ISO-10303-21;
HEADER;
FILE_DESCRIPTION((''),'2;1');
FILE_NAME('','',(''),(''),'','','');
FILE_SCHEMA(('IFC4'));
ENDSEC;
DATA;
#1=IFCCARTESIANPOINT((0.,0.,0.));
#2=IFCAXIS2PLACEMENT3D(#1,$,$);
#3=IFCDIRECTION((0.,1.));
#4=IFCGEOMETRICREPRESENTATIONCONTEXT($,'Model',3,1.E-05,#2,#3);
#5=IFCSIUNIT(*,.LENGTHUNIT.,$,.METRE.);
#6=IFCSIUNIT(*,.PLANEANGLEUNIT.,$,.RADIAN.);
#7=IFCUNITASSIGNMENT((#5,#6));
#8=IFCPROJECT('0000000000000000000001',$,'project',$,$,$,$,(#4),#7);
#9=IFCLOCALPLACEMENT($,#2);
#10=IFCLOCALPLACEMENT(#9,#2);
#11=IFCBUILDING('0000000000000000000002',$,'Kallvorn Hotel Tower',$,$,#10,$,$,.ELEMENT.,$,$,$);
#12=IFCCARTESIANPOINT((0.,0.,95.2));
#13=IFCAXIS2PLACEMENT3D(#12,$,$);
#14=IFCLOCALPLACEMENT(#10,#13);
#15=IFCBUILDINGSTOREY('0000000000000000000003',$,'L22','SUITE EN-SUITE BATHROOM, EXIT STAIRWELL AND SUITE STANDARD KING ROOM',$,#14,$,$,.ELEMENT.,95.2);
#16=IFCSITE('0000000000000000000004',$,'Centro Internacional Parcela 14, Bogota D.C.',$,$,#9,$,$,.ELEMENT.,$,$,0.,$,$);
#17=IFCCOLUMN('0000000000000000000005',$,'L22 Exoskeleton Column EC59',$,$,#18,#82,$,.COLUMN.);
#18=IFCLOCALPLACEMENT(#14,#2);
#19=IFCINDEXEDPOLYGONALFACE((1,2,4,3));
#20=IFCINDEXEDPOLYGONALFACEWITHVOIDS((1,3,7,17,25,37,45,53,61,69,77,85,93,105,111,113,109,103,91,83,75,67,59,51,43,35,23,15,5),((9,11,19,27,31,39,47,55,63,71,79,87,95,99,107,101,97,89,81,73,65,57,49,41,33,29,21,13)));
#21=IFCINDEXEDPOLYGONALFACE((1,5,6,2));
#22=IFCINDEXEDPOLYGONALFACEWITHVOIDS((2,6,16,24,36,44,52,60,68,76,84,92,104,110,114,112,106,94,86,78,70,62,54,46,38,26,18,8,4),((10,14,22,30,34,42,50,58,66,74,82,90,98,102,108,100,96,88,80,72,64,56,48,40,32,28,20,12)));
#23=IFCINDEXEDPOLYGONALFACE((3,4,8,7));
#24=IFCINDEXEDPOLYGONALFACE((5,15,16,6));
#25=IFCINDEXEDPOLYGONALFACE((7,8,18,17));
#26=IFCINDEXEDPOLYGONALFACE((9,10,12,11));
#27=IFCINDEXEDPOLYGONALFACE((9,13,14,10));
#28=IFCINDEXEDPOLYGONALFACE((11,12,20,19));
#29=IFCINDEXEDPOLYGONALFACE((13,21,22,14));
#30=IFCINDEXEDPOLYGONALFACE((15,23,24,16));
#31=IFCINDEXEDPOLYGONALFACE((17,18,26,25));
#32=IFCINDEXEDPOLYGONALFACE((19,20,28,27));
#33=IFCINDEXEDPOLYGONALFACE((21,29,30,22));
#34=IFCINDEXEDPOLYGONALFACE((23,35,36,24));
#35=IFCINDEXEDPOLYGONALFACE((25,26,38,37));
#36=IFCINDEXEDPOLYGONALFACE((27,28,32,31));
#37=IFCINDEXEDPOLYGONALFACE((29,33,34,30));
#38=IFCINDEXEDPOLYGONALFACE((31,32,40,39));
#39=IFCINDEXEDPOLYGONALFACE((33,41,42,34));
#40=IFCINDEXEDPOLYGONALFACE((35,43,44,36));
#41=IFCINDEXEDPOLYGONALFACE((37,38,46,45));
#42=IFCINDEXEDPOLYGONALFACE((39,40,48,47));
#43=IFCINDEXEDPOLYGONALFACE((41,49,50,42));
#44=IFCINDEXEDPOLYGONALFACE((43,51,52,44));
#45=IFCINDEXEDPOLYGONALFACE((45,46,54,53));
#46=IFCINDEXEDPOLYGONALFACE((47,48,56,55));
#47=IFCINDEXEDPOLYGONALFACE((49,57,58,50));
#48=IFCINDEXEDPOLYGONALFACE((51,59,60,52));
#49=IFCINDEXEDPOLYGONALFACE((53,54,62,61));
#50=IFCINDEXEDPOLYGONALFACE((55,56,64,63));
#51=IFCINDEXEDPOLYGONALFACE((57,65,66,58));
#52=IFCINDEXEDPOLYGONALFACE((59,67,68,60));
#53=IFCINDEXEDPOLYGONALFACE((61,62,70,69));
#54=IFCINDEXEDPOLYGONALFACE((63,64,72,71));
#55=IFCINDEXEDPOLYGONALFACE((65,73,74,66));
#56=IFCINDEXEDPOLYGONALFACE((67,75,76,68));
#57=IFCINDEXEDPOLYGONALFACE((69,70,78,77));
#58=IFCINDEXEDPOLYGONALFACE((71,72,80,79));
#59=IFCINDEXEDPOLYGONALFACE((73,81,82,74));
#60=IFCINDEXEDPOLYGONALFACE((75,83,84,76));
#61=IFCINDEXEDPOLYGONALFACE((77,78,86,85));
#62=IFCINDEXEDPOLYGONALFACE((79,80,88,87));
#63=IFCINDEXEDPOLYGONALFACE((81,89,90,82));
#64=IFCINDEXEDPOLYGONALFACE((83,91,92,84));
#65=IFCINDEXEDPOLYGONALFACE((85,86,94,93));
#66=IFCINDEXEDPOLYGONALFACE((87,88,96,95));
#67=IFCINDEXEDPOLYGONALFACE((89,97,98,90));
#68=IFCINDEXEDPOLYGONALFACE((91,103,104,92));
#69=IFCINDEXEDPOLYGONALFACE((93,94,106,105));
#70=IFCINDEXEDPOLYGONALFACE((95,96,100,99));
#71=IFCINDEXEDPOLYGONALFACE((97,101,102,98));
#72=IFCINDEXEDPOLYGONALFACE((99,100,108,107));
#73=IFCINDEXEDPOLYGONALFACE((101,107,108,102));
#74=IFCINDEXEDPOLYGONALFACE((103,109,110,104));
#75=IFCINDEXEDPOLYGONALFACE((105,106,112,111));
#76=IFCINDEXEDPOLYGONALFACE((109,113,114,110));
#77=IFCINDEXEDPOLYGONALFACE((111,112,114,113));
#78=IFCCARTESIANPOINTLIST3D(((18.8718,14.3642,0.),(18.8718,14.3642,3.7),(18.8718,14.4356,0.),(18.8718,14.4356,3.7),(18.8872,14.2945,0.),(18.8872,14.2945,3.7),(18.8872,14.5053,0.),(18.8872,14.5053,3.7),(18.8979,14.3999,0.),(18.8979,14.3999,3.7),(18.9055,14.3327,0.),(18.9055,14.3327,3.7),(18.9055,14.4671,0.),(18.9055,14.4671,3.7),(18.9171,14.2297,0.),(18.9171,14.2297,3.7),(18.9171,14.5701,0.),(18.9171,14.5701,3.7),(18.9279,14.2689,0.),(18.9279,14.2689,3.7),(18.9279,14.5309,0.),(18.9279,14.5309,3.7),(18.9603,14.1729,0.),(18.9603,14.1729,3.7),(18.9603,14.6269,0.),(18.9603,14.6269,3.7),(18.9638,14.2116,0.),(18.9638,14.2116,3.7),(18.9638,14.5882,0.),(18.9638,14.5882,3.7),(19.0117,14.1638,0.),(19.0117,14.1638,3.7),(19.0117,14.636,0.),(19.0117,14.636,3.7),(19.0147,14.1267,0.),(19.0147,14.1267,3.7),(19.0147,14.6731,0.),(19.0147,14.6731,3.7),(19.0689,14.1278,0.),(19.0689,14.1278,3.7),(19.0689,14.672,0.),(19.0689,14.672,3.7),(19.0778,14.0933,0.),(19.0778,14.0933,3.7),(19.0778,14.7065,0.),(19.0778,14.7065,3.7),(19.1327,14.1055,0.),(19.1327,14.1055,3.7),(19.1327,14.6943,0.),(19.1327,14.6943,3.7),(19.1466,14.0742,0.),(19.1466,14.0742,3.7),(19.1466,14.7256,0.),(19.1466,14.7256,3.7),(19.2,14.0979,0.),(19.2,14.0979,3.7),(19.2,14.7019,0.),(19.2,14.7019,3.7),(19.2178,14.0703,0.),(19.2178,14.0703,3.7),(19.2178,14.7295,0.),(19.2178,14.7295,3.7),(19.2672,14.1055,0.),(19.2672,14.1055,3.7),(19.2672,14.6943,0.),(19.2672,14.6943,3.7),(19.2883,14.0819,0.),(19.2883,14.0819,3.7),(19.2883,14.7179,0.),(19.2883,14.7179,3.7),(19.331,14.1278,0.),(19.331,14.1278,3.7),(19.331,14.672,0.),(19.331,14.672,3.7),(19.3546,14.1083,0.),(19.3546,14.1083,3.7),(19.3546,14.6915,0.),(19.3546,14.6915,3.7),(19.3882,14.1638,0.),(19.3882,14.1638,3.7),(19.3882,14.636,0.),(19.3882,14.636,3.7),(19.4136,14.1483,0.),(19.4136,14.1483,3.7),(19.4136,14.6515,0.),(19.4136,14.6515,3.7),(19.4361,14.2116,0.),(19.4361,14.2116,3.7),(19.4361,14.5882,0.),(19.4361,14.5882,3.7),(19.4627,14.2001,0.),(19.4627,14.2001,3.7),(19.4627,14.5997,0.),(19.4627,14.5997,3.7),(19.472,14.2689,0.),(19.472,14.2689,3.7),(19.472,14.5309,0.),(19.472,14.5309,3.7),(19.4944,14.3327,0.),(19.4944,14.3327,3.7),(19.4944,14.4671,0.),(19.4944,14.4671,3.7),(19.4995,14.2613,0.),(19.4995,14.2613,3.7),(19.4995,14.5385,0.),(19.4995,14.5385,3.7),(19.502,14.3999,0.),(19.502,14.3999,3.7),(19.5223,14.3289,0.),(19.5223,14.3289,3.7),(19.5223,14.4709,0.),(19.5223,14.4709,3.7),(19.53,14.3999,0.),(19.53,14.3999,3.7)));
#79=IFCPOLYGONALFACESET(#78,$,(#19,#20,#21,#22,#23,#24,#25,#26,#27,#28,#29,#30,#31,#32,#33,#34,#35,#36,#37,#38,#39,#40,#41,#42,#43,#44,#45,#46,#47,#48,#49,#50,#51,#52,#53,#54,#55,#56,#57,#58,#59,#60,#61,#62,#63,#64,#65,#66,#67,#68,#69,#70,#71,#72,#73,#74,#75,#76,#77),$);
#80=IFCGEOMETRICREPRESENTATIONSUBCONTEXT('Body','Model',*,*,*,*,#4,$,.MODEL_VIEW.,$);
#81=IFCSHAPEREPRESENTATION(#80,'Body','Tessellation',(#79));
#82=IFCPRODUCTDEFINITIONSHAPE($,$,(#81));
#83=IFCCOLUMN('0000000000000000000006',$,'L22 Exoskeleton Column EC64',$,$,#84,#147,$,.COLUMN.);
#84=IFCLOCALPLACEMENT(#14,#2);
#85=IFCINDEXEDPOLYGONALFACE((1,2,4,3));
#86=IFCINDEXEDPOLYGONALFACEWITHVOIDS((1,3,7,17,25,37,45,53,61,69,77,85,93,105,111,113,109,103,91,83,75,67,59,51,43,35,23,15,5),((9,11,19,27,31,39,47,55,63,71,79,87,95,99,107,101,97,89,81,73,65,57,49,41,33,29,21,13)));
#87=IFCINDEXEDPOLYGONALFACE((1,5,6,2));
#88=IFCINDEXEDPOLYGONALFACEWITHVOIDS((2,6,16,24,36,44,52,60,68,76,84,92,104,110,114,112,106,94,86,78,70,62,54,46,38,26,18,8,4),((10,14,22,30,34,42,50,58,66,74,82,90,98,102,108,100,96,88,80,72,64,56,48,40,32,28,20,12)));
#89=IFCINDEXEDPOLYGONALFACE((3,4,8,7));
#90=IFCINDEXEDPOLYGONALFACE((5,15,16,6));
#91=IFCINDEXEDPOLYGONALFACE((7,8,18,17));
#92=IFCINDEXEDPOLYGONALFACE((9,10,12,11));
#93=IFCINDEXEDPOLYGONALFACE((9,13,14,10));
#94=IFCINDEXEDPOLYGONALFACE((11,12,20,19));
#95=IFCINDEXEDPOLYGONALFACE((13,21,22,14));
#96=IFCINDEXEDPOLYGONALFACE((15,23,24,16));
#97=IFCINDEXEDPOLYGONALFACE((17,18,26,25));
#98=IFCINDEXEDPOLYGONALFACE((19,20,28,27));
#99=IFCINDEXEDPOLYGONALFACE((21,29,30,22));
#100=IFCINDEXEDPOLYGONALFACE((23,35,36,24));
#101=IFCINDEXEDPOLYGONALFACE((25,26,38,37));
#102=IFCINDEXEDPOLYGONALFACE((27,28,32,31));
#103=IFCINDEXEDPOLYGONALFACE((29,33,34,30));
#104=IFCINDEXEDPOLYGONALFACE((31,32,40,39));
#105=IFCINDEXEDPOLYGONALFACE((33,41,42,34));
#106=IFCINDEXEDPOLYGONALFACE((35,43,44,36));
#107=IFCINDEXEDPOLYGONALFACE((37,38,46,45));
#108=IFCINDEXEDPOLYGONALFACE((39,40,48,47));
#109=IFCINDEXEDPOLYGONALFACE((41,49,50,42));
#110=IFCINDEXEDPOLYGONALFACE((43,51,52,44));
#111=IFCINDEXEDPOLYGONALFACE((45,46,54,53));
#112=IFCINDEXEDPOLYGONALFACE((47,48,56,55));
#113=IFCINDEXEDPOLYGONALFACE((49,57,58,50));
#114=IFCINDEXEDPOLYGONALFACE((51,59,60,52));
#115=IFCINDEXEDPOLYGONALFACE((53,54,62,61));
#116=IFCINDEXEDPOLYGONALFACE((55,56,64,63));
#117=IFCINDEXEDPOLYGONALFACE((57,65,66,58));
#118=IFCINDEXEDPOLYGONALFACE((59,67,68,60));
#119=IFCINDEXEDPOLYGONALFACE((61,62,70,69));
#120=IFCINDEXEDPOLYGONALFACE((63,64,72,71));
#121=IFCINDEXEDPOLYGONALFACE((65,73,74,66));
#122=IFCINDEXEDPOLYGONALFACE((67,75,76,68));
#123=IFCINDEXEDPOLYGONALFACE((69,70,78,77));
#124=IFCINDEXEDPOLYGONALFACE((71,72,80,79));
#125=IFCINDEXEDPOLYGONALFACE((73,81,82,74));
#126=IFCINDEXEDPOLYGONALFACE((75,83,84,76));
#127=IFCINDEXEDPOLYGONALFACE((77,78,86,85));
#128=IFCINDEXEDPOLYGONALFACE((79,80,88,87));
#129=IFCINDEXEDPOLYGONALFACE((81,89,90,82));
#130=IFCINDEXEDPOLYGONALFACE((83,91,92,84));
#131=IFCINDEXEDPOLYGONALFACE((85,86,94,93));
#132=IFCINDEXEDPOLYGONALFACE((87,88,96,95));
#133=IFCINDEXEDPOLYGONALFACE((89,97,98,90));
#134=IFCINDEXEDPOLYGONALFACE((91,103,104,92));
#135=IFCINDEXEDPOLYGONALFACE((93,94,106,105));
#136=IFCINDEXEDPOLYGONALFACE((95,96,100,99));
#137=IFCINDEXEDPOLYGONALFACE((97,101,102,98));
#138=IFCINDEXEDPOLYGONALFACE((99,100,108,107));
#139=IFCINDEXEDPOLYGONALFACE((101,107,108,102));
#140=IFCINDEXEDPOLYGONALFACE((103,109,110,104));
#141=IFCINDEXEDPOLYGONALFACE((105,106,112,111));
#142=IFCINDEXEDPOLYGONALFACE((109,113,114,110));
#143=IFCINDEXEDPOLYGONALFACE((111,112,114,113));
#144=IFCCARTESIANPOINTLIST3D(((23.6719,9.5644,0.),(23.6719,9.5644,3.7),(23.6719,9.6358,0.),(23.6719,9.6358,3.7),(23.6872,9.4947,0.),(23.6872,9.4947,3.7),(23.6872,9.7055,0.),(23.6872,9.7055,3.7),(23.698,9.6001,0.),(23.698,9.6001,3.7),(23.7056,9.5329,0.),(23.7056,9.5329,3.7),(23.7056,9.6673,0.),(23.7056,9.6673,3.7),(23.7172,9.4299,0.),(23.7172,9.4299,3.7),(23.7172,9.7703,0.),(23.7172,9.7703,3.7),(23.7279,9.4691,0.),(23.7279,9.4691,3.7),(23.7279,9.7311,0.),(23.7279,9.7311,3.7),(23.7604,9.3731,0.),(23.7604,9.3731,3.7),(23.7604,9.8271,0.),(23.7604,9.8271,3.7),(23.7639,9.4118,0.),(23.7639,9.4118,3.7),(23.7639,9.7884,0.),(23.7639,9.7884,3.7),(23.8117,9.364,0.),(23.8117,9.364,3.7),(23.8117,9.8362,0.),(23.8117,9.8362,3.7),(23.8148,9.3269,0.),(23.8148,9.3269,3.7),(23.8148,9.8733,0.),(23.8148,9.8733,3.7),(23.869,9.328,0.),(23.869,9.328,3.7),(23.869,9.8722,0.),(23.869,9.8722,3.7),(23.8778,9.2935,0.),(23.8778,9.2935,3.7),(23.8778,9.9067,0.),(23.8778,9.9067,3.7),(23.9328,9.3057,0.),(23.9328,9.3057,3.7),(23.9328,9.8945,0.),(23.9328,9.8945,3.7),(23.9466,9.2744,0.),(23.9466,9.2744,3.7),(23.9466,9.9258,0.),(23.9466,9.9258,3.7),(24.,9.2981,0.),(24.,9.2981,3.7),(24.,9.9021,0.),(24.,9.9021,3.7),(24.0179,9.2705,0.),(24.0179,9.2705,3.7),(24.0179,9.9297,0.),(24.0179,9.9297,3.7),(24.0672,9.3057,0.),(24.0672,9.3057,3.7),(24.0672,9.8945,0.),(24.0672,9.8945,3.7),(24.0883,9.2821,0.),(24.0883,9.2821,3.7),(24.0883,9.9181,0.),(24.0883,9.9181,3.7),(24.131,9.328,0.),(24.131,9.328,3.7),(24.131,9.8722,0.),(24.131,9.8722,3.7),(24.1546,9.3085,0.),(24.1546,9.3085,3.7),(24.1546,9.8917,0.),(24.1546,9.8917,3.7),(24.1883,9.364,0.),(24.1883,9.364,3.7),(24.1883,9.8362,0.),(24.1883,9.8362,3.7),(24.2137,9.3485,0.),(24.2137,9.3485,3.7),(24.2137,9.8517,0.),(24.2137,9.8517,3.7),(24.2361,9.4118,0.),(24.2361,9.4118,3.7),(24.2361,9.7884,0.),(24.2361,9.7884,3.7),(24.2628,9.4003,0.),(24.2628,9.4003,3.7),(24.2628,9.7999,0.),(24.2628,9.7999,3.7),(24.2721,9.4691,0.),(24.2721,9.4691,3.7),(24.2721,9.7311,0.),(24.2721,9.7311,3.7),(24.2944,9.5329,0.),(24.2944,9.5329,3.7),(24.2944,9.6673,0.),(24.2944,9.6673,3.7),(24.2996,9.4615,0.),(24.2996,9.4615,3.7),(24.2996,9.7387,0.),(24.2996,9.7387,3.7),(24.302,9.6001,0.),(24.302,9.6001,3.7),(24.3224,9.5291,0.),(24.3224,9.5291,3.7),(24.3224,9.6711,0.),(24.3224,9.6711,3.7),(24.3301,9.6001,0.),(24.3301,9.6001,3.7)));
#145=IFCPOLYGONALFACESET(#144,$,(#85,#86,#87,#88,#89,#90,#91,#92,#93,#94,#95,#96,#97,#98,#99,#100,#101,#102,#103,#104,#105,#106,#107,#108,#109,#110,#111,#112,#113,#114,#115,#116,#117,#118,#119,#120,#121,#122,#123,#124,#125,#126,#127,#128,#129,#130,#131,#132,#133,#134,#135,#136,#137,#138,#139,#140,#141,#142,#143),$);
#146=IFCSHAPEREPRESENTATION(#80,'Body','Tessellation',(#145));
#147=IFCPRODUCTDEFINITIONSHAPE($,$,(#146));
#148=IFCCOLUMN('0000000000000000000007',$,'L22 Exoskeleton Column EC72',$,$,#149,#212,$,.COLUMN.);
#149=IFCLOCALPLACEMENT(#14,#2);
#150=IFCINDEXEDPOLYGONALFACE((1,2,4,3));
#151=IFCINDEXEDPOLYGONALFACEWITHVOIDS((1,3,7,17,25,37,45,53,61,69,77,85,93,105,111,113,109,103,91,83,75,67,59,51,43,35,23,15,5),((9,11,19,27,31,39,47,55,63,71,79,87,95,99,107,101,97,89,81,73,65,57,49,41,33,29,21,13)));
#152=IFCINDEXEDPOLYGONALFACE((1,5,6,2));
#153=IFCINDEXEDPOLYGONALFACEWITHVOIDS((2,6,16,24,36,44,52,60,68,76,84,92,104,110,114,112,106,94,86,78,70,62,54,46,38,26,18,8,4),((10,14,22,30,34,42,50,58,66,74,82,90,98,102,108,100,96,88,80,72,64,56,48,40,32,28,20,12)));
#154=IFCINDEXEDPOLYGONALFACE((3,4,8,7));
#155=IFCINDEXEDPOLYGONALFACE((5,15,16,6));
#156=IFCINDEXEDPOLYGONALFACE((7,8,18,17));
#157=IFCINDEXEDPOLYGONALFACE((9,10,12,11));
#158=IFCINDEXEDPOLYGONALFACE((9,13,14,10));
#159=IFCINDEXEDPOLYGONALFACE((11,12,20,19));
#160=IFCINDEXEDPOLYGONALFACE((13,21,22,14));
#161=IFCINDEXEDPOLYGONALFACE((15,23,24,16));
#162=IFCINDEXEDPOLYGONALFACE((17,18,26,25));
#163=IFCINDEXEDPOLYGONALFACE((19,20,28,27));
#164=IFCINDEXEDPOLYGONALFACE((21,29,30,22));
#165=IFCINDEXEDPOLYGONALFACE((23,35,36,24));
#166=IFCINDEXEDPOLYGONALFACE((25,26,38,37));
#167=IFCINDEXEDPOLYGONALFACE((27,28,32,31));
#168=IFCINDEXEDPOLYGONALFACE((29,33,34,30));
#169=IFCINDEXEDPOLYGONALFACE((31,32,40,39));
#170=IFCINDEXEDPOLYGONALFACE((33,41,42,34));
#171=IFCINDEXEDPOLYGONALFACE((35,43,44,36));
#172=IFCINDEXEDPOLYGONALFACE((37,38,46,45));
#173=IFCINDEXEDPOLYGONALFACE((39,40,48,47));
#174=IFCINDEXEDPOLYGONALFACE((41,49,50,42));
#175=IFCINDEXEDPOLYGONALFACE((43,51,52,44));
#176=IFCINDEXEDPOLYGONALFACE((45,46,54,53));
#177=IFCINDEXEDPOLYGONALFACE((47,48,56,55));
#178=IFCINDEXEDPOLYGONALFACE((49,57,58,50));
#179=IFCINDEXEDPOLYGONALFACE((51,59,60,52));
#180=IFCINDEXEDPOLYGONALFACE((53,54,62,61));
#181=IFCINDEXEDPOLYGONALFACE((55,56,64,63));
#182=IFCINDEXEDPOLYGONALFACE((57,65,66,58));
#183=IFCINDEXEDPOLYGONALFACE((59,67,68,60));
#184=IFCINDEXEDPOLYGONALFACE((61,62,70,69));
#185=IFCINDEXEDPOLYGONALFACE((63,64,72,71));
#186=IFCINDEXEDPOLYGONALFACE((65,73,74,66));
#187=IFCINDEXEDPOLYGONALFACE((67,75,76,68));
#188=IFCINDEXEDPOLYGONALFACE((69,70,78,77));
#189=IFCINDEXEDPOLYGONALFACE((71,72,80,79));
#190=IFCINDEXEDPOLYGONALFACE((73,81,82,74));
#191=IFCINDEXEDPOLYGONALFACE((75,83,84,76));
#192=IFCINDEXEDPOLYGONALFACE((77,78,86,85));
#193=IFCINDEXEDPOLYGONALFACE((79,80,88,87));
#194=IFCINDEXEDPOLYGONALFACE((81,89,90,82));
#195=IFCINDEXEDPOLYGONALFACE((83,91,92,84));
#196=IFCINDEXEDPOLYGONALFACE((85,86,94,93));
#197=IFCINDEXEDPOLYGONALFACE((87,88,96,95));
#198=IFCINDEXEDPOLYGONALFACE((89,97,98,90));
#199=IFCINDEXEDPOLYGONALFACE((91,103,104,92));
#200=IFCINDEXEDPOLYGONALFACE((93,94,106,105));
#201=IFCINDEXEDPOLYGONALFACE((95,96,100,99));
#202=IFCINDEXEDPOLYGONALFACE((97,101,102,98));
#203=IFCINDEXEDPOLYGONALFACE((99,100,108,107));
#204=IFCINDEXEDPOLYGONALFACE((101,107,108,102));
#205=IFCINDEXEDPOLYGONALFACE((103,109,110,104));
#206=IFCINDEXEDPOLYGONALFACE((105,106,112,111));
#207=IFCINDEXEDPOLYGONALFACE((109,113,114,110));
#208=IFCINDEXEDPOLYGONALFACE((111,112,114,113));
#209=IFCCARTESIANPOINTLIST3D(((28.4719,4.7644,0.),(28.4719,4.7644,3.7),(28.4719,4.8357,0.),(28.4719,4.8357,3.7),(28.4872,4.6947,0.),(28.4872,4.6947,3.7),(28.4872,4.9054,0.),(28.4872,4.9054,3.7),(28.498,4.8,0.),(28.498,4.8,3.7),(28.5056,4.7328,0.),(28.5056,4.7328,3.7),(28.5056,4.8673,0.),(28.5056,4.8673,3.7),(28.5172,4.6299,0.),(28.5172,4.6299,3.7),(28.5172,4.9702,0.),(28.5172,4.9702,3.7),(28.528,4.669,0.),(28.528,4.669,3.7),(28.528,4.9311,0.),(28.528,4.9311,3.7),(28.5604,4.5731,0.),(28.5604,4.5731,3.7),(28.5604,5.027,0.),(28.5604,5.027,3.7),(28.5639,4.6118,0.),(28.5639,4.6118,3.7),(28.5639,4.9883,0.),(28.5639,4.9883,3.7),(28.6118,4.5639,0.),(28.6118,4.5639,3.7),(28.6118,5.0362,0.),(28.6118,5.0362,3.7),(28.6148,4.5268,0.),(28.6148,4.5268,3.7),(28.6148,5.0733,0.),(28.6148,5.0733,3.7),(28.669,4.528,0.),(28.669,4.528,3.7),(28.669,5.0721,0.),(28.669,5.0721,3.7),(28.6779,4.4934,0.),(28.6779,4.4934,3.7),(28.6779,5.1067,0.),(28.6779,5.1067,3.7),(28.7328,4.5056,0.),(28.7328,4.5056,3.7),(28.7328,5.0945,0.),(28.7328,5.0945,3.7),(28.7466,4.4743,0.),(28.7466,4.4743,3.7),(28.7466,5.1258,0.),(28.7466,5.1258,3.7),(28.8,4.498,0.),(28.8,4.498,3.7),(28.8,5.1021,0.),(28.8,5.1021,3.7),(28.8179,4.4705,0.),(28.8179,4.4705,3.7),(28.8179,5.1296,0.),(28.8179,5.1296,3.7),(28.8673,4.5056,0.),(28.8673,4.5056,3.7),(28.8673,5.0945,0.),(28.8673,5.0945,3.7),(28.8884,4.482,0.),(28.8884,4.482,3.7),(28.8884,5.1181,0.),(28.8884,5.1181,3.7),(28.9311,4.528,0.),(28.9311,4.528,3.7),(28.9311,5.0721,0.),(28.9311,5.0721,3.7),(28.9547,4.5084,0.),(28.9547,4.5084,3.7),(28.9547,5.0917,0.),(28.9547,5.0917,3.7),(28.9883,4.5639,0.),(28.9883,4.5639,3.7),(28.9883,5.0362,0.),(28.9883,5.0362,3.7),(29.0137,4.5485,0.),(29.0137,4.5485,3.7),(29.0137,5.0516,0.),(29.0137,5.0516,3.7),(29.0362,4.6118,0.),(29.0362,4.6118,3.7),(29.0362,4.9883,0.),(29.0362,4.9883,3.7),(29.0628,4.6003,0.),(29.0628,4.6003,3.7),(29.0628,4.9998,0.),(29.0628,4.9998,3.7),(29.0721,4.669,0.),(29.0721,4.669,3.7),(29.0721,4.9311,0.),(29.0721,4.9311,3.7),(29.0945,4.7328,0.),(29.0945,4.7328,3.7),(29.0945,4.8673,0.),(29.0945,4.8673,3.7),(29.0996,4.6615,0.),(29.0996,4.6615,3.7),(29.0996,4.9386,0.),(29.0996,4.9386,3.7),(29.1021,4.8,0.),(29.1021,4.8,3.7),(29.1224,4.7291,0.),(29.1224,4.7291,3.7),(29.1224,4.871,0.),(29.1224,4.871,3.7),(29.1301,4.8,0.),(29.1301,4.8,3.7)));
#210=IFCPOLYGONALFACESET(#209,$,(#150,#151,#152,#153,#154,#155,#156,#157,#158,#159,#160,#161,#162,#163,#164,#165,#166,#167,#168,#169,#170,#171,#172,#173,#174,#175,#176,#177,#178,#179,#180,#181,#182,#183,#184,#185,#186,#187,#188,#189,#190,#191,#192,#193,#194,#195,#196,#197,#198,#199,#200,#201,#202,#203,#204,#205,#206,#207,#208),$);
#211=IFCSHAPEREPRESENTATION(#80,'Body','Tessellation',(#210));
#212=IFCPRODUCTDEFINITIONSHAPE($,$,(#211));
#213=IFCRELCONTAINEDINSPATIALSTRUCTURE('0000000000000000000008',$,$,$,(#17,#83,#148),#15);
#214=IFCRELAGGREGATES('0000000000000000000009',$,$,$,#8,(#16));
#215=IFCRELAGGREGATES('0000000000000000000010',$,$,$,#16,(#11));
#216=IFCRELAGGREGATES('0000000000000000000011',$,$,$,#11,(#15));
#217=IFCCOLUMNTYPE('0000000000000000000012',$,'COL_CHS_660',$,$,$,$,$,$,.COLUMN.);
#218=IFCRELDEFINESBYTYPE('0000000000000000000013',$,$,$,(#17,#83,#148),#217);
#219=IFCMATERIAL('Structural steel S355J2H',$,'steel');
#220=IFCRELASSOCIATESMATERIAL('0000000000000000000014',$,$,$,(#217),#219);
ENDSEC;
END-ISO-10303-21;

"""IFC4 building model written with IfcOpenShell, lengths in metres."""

from ifc_helpers import new_model, si_unit, direction, frame, origin, origin_2d, place, context, subcontext, project, spatial, hollow_circle, extrude, material, material_profile, profile_set, type_object, element, save


model = new_model("IFC4")

# Units and contexts
model_context = context("Model", 3, precision=1e-05, world=origin(), true_north=direction((0.0, 1.0)))
body_context = subcontext(model_context, "Body", "Model", "MODEL_VIEW")
ifc_project = project(units=[si_unit("LENGTHUNIT", "METRE"), si_unit("PLANEANGLEUNIT", "RADIAN")], contexts=[model_context])

# Site, building, storey
site_placement = place(None, origin())
site = spatial("IfcSite", under=ifc_project, at=site_placement, Name="Centro Internacional Parcela 14, Bogota D.C.", CompositionType="ELEMENT", RefElevation=0.0)
building_placement = place(site_placement, origin())
building = spatial("IfcBuilding", under=site, at=building_placement, Name="Kallvorn Hotel Tower", CompositionType="ELEMENT")
storey_placement = place(building_placement, frame((0.0, 0.0, 95.2)))
storey = spatial("IfcBuildingStorey", under=building, at=storey_placement, Name="L22", Description="SUITE EN-SUITE BATHROOM, EXIT STAIRWELL AND SUITE STANDARD KING ROOM", CompositionType="ELEMENT", Elevation=95.2)

# Columns
ifc_material_1 = material(Name="Structural steel S355J2H", Category="steel")
ifc_material_profile_1 = material_profile(ifc_material_1, hollow_circle(Radius=0.3301, WallThickness=0.0281, at=origin_2d()), Name="CHS 660x28")
ifc_profile_set_1 = profile_set([ifc_material_profile_1], Name="Structural steel S355J2H")
column_type_1 = type_object("IfcColumnType", Name="COL_CHS_660", PredefinedType="COLUMN", material=ifc_profile_set_1)
for number, where, z_axis, x_axis, name in (
    (1, (19.2, 14.3999, 0.0), (0.0, 0.0, 1.0), (1.0, 0.0, 0.0), "L22 Exoskeleton Column EC59"),
    (2, (24.0, 9.6001, 0.0), (0.0, 0.0, 1.0), (1.0, 0.0, 0.0), "L22 Exoskeleton Column EC64"),
    (3, (28.8, 4.8, 0.0), (0.0, 0.0, 1.0), (1.0, 0.0, 0.0), "L22 Exoskeleton Column EC72"),
):
    element("IfcColumn", number, at=place(storey_placement, frame(where, z_axis=z_axis, x_axis=x_axis)), inside=storey, type_object=column_type_1, Name=name, PredefinedType="COLUMN", context=body_context, shape_type="SweptSolid", body=[
        extrude(hollow_circle(Radius=0.3301, WallThickness=0.0281, at=origin_2d()), origin(), (0.0, 0.0, 1.0), 3.7),
    ])

save(model, "model.ifc")
